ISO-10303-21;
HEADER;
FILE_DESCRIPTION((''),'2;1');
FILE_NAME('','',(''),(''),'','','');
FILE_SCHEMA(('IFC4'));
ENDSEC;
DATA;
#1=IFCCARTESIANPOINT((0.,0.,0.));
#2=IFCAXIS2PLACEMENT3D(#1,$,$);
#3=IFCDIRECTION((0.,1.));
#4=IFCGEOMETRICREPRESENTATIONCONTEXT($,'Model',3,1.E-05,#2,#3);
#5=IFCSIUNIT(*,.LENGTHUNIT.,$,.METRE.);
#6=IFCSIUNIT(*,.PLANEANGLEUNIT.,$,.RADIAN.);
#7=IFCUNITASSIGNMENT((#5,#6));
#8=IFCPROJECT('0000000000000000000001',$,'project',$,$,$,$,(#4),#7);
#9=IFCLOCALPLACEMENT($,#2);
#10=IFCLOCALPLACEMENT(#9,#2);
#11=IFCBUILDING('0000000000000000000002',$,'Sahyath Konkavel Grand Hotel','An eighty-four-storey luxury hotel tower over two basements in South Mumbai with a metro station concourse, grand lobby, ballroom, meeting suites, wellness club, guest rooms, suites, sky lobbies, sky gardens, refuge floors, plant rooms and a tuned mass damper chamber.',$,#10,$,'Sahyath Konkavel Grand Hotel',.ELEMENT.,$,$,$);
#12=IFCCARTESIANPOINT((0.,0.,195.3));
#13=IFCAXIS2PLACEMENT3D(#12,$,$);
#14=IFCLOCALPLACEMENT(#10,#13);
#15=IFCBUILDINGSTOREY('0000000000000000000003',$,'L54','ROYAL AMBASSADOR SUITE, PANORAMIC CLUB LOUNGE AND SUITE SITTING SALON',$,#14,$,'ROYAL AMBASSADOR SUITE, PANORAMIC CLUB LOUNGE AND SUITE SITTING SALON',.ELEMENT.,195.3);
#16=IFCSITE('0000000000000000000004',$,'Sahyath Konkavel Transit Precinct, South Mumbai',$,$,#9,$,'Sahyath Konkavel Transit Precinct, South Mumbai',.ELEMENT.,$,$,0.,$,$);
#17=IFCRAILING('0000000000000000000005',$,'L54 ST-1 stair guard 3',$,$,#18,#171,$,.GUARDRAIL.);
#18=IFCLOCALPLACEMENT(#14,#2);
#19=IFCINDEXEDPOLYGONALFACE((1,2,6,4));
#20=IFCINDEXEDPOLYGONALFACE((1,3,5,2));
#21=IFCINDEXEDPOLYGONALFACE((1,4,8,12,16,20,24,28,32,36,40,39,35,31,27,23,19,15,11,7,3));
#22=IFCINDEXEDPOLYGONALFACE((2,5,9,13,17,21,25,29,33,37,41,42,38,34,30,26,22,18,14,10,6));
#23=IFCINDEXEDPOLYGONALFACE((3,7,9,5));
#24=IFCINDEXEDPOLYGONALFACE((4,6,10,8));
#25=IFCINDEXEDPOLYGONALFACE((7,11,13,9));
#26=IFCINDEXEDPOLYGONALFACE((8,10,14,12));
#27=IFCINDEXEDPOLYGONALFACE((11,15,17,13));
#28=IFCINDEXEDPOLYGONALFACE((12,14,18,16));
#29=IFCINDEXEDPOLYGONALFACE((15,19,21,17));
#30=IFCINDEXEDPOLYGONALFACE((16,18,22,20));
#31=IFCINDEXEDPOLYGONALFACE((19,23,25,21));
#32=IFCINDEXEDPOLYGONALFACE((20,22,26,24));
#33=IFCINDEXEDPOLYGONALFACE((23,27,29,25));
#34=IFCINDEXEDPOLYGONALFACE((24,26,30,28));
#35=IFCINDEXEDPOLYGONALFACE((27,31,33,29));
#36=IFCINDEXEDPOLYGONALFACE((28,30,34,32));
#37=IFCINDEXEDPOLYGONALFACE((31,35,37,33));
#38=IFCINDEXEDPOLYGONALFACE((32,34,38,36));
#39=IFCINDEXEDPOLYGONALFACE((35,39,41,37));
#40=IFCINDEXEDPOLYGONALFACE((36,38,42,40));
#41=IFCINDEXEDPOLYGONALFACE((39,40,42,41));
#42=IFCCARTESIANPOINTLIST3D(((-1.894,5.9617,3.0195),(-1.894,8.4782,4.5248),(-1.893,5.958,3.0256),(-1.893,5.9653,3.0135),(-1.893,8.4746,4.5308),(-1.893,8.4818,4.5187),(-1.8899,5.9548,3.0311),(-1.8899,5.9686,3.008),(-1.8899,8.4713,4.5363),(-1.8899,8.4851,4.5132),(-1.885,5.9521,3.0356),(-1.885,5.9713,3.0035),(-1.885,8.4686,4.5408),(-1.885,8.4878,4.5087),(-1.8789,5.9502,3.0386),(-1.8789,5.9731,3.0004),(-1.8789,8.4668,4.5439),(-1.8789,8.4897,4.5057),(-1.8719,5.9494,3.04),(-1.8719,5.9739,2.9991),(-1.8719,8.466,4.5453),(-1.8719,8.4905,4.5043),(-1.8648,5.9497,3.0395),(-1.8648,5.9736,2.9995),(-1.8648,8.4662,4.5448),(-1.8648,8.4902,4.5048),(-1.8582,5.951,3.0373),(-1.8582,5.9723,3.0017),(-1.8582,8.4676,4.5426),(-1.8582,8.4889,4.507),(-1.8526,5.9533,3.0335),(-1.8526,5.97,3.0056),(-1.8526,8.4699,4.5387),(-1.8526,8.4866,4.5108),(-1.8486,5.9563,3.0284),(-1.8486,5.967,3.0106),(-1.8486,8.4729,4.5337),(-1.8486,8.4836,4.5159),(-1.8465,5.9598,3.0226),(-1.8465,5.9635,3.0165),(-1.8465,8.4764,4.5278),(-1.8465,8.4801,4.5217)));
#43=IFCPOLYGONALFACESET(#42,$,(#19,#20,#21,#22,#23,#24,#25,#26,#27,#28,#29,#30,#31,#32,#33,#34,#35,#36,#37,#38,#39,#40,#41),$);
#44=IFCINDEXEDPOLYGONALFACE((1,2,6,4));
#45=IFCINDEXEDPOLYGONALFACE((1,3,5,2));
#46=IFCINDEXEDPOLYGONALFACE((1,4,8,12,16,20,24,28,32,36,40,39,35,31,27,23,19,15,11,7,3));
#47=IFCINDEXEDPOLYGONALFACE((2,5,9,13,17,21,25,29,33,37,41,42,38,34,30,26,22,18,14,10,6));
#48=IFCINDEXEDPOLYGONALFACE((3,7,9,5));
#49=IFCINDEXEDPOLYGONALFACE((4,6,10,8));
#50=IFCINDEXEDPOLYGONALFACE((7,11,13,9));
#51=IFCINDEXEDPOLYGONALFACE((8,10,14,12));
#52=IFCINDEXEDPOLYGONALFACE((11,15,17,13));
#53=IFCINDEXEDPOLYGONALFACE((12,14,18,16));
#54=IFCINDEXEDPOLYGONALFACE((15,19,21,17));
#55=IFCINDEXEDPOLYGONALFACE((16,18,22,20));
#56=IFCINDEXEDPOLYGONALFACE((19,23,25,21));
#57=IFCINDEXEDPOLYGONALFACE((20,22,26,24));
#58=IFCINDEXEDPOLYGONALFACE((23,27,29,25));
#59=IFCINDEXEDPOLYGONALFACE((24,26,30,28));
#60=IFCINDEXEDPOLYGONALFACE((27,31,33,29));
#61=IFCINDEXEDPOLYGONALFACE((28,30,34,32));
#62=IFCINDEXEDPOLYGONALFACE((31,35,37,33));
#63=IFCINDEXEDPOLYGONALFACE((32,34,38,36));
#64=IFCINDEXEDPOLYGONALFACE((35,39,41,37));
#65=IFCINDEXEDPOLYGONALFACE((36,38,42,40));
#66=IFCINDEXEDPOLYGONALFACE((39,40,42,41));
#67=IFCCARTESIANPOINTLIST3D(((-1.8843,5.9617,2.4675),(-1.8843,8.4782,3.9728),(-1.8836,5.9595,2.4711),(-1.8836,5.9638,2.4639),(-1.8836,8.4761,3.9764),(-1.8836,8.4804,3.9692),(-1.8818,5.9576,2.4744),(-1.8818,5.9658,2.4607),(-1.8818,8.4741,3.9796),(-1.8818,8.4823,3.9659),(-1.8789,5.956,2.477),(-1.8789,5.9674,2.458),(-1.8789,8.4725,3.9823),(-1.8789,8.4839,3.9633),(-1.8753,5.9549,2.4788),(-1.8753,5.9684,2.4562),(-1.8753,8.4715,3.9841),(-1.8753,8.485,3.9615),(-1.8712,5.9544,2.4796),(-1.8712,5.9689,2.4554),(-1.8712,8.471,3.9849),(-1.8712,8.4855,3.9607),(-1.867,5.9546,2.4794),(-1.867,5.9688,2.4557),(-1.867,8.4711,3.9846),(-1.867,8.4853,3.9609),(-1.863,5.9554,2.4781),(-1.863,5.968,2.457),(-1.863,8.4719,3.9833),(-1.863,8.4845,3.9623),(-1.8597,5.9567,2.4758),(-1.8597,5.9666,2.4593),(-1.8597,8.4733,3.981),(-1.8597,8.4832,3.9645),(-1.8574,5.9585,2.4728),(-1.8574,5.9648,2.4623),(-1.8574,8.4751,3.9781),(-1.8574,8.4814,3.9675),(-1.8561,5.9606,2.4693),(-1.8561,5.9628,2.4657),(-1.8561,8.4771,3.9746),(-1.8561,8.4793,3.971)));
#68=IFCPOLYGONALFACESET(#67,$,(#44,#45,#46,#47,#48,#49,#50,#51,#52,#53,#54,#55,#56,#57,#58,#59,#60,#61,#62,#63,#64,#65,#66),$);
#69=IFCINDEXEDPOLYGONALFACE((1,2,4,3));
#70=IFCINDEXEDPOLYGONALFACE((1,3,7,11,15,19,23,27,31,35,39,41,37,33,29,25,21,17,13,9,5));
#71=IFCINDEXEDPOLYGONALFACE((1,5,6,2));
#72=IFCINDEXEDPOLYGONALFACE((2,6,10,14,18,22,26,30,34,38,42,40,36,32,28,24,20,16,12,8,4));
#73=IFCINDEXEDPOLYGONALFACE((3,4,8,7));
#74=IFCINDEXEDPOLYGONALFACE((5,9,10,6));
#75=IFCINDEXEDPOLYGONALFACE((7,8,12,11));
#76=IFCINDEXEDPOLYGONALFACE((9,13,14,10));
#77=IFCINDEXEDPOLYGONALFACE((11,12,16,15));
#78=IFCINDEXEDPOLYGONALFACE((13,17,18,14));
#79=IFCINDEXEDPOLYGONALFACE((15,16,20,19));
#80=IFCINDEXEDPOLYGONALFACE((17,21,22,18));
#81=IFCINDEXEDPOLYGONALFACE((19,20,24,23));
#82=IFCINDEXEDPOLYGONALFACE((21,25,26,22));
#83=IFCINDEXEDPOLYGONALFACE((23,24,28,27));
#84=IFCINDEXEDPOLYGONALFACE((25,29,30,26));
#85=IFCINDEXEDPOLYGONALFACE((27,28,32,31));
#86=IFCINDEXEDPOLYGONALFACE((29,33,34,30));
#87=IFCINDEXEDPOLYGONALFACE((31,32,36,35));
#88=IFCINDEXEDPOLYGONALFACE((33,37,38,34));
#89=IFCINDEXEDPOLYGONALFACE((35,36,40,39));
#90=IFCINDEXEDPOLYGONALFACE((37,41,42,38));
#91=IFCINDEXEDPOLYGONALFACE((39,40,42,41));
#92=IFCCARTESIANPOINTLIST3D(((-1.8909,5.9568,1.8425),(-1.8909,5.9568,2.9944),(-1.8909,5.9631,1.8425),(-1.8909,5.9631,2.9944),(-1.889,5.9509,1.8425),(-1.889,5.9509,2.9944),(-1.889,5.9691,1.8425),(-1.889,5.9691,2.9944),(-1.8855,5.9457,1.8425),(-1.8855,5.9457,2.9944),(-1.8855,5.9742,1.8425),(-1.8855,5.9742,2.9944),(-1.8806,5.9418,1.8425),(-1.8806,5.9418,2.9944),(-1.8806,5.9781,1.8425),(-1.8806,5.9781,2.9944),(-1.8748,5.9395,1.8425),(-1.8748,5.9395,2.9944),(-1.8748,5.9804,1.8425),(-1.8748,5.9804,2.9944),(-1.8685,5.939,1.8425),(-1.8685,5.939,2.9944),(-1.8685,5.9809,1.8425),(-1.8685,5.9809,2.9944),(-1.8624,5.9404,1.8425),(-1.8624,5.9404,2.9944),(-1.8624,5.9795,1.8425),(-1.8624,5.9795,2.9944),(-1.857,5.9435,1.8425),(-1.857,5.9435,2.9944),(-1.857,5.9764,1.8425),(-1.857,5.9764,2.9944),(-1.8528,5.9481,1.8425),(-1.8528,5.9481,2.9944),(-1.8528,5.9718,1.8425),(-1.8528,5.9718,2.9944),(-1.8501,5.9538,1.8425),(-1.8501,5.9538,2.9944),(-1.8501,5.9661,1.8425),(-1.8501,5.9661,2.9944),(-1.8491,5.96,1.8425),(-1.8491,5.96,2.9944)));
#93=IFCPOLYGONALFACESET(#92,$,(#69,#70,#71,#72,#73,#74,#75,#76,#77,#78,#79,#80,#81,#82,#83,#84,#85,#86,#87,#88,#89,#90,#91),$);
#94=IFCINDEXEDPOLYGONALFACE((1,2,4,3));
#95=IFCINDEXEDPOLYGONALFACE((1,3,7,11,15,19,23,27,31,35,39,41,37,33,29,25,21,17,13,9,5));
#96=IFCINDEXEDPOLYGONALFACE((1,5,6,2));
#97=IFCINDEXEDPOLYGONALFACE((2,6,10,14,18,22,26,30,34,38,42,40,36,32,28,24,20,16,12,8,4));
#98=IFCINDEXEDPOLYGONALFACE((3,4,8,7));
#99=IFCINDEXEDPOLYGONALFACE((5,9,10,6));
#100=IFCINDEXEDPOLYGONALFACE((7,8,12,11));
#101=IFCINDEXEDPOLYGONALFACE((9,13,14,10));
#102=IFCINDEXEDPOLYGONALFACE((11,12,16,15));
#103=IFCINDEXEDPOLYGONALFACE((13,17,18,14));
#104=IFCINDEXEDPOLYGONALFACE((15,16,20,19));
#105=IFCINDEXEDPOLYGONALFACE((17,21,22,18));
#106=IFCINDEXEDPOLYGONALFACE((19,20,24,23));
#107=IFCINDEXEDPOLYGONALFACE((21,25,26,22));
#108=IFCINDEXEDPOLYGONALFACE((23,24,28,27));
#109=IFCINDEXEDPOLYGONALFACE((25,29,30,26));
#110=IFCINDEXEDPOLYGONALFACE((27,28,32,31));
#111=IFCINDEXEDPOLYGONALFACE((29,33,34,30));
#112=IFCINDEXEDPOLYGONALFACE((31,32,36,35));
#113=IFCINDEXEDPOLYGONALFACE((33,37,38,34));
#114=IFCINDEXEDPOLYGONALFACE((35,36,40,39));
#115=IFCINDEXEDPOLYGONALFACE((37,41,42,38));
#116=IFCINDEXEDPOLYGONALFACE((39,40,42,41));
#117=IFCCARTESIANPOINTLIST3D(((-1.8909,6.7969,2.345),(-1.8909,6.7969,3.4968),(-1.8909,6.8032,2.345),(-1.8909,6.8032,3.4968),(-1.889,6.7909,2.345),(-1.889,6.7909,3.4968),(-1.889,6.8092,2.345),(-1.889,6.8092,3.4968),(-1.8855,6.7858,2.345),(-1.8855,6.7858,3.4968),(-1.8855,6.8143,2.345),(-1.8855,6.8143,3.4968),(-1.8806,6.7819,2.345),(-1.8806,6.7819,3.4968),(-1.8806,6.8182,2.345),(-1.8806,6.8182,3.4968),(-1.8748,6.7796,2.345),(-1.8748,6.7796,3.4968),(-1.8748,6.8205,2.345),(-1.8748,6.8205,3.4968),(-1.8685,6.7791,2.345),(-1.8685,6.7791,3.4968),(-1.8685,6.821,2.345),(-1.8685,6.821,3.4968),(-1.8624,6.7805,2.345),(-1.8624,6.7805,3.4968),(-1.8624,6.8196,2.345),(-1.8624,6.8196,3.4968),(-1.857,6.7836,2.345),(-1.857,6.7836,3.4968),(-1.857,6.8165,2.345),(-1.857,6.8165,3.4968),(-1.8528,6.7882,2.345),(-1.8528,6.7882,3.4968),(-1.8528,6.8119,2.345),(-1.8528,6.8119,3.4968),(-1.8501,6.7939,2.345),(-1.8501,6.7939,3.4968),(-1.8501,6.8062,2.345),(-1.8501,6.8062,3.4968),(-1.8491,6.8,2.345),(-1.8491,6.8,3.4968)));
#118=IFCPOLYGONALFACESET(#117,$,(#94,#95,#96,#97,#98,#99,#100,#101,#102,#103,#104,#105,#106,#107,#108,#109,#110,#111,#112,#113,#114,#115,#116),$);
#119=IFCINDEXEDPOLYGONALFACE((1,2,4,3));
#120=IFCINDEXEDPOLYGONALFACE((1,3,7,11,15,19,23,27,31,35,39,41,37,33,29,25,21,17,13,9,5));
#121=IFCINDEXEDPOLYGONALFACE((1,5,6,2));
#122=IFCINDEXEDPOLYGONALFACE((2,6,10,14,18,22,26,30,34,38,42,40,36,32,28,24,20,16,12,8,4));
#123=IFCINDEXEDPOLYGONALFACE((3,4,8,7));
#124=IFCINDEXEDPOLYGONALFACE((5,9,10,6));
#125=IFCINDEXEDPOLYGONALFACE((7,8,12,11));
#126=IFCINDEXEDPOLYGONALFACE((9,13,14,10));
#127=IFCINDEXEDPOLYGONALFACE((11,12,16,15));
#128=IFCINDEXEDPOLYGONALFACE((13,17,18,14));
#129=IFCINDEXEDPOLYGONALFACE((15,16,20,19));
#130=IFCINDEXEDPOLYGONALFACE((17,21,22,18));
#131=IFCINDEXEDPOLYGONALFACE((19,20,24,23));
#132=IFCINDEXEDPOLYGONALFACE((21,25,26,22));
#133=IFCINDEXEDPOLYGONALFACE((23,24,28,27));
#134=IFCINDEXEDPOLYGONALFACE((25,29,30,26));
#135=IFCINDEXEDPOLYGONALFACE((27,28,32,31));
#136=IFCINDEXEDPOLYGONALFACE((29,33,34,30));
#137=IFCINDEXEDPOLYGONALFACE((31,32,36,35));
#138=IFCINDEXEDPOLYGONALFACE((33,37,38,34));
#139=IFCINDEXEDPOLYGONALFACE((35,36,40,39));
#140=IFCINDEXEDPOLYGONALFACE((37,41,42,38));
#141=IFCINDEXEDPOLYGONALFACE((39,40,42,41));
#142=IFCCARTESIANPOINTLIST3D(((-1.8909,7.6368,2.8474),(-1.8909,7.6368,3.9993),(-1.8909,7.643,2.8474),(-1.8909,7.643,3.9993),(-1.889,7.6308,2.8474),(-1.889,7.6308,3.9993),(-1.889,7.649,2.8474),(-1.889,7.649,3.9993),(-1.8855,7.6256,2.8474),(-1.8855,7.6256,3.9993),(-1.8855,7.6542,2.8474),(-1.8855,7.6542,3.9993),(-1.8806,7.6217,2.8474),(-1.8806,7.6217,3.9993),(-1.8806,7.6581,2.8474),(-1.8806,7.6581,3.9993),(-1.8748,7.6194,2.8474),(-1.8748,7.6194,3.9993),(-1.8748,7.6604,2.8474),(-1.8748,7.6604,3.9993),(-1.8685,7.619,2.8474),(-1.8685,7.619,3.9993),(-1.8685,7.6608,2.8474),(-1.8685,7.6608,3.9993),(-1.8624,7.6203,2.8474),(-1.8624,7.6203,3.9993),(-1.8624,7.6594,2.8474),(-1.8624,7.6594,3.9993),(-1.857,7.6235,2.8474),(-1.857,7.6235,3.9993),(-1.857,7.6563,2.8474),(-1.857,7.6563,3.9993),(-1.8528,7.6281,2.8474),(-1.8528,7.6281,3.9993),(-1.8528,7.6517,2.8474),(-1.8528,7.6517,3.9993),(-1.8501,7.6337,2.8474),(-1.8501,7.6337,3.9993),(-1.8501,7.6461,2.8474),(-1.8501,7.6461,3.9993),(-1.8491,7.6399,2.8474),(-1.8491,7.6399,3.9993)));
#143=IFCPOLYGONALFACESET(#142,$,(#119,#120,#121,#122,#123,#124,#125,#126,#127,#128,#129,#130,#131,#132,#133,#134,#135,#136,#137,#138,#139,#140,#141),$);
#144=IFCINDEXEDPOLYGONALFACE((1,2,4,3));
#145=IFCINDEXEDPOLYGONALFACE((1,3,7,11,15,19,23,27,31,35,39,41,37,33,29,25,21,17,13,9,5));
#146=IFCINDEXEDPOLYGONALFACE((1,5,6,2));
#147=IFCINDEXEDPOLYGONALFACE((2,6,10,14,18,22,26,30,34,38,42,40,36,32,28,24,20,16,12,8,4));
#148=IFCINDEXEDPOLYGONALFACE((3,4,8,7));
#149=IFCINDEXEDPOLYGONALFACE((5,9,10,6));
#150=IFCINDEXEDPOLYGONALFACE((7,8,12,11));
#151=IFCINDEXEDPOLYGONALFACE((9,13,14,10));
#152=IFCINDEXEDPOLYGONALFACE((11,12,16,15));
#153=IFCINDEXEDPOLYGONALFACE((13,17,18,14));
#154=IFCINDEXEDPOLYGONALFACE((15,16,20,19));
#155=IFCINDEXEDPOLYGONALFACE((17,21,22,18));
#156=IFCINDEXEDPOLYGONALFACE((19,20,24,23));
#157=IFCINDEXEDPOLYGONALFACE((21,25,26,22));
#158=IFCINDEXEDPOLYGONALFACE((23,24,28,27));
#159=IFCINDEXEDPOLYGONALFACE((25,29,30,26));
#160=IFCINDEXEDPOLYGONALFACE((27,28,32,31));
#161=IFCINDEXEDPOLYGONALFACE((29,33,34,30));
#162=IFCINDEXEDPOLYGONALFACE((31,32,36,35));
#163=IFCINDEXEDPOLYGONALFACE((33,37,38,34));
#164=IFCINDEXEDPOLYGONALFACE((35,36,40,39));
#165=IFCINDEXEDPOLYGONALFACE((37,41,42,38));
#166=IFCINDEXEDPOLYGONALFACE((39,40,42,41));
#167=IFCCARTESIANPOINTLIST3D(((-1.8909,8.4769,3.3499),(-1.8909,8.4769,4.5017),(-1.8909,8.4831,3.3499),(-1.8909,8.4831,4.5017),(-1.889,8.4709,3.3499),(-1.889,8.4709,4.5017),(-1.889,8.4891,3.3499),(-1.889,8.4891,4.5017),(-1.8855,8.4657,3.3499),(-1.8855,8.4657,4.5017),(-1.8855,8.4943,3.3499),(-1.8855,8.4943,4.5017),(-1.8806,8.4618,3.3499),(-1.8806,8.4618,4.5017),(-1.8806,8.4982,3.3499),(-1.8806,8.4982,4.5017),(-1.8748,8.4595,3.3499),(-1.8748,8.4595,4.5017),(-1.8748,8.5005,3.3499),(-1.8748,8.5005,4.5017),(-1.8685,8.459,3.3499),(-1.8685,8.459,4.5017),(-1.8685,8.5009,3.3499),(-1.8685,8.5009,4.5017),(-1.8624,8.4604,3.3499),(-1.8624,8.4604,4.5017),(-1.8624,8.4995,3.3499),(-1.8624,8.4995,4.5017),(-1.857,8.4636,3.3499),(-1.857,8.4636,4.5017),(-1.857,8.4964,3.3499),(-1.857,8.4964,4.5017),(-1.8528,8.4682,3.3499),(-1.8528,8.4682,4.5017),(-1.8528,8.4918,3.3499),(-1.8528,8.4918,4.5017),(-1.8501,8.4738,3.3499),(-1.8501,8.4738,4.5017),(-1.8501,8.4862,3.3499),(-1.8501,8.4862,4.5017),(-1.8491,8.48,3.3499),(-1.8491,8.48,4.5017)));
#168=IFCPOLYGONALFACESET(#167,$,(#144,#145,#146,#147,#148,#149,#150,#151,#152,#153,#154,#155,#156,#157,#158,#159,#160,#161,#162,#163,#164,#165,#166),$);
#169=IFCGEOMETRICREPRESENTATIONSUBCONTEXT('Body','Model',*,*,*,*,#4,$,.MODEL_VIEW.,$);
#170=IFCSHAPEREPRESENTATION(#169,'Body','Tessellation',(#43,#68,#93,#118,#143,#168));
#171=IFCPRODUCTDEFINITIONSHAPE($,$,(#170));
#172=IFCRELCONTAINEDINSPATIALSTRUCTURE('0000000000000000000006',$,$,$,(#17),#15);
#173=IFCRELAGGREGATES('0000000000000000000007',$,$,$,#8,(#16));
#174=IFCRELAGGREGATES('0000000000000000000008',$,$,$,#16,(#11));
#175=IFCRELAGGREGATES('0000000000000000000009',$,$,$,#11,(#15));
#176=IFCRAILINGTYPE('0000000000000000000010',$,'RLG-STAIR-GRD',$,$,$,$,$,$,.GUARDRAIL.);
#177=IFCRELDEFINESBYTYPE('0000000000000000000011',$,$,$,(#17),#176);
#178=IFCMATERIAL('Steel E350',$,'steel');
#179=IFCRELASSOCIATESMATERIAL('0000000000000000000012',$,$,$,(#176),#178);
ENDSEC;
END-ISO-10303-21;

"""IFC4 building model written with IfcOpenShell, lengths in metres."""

from ifc_helpers import new_model, si_unit, direction, frame, origin, origin_2d, place, context, subcontext, project, spatial, circle, extrude, material, type_object, element, save


model = new_model("IFC4")

# Units and contexts
model_context = context("Model", 3, precision=1e-05, world=origin(), true_north=direction((0.0, 1.0)))
body_context = subcontext(model_context, "Body", "Model", "MODEL_VIEW")
ifc_project = project(units=[si_unit("LENGTHUNIT", "METRE"), si_unit("PLANEANGLEUNIT", "RADIAN")], contexts=[model_context])

# Site, building, storey
site_placement = place(None, origin())
site = spatial("IfcSite", under=ifc_project, at=site_placement, Name="Sahyath Konkavel Transit Precinct, South Mumbai", LongName="Sahyath Konkavel Transit Precinct, South Mumbai", CompositionType="ELEMENT", RefElevation=0.0)
building_placement = place(site_placement, origin())
building = spatial("IfcBuilding", under=site, at=building_placement, Name="Sahyath Konkavel Grand Hotel", Description="An eighty-four-storey luxury hotel tower over two basements in South Mumbai with a metro station concourse, grand lobby, ballroom, meeting suites, wellness club, guest rooms, suites, sky lobbies, sky gardens, refuge floors, plant rooms and a tuned mass damper chamber.", LongName="Sahyath Konkavel Grand Hotel", CompositionType="ELEMENT")
storey_placement = place(building_placement, frame((0.0, 0.0, 195.3)))
storey = spatial("IfcBuildingStorey", under=building, at=storey_placement, Name="L54", Description="ROYAL AMBASSADOR SUITE, PANORAMIC CLUB LOUNGE AND SUITE SITTING SALON", LongName="ROYAL AMBASSADOR SUITE, PANORAMIC CLUB LOUNGE AND SUITE SITTING SALON", CompositionType="ELEMENT", Elevation=195.3)

# Shared definitions
ifc_material_1 = material(Name="Steel E350", Category="steel")

# Railing
railing_type = type_object("IfcRailingType", Name="RLG-STAIR-GRD", PredefinedType="GUARDRAIL", material=ifc_material_1)
railing_1_placement = place(storey_placement, frame((-1.8701, 5.96, 1.8425)))
element("IfcRailing", 1, at=railing_1_placement, inside=storey, type_object=railing_type, Name="L54 ST-1 stair guard 3", PredefinedType="GUARDRAIL", context=body_context, shape_type="SweptSolid", body=[
    extrude(circle(Radius=0.0239, at=origin_2d()), frame((0.0, 0.0017, 1.177), z_axis=(0.0, 0.858196, 0.513321), x_axis=(-1.0, 0.0, 0.0)), (0.0, 0.0, 1.0), 2.9324),
    extrude(circle(Radius=0.0142, at=origin_2d()), frame((0.0, 0.0017, 0.625), z_axis=(0.0, 0.858196, 0.513321), x_axis=(-1.0, 0.0, 0.0)), (0.0, 0.0, 1.0), 2.9324),
    extrude(circle(Radius=0.021, at=origin_2d()), origin(), (0.0, 0.0, 1.0), 1.1519),
    extrude(circle(Radius=0.021, at=origin_2d()), frame((0.0, 0.8401, 0.5024)), (0.0, 0.0, 1.0), 1.1519),
    extrude(circle(Radius=0.021, at=origin_2d()), frame((0.0, 1.6799, 1.0049)), (0.0, 0.0, 1.0), 1.1519),
    extrude(circle(Radius=0.021, at=origin_2d()), frame((0.0, 2.52, 1.5073)), (0.0, 0.0, 1.0), 1.1519),
])

save(model, "model.ifc")
